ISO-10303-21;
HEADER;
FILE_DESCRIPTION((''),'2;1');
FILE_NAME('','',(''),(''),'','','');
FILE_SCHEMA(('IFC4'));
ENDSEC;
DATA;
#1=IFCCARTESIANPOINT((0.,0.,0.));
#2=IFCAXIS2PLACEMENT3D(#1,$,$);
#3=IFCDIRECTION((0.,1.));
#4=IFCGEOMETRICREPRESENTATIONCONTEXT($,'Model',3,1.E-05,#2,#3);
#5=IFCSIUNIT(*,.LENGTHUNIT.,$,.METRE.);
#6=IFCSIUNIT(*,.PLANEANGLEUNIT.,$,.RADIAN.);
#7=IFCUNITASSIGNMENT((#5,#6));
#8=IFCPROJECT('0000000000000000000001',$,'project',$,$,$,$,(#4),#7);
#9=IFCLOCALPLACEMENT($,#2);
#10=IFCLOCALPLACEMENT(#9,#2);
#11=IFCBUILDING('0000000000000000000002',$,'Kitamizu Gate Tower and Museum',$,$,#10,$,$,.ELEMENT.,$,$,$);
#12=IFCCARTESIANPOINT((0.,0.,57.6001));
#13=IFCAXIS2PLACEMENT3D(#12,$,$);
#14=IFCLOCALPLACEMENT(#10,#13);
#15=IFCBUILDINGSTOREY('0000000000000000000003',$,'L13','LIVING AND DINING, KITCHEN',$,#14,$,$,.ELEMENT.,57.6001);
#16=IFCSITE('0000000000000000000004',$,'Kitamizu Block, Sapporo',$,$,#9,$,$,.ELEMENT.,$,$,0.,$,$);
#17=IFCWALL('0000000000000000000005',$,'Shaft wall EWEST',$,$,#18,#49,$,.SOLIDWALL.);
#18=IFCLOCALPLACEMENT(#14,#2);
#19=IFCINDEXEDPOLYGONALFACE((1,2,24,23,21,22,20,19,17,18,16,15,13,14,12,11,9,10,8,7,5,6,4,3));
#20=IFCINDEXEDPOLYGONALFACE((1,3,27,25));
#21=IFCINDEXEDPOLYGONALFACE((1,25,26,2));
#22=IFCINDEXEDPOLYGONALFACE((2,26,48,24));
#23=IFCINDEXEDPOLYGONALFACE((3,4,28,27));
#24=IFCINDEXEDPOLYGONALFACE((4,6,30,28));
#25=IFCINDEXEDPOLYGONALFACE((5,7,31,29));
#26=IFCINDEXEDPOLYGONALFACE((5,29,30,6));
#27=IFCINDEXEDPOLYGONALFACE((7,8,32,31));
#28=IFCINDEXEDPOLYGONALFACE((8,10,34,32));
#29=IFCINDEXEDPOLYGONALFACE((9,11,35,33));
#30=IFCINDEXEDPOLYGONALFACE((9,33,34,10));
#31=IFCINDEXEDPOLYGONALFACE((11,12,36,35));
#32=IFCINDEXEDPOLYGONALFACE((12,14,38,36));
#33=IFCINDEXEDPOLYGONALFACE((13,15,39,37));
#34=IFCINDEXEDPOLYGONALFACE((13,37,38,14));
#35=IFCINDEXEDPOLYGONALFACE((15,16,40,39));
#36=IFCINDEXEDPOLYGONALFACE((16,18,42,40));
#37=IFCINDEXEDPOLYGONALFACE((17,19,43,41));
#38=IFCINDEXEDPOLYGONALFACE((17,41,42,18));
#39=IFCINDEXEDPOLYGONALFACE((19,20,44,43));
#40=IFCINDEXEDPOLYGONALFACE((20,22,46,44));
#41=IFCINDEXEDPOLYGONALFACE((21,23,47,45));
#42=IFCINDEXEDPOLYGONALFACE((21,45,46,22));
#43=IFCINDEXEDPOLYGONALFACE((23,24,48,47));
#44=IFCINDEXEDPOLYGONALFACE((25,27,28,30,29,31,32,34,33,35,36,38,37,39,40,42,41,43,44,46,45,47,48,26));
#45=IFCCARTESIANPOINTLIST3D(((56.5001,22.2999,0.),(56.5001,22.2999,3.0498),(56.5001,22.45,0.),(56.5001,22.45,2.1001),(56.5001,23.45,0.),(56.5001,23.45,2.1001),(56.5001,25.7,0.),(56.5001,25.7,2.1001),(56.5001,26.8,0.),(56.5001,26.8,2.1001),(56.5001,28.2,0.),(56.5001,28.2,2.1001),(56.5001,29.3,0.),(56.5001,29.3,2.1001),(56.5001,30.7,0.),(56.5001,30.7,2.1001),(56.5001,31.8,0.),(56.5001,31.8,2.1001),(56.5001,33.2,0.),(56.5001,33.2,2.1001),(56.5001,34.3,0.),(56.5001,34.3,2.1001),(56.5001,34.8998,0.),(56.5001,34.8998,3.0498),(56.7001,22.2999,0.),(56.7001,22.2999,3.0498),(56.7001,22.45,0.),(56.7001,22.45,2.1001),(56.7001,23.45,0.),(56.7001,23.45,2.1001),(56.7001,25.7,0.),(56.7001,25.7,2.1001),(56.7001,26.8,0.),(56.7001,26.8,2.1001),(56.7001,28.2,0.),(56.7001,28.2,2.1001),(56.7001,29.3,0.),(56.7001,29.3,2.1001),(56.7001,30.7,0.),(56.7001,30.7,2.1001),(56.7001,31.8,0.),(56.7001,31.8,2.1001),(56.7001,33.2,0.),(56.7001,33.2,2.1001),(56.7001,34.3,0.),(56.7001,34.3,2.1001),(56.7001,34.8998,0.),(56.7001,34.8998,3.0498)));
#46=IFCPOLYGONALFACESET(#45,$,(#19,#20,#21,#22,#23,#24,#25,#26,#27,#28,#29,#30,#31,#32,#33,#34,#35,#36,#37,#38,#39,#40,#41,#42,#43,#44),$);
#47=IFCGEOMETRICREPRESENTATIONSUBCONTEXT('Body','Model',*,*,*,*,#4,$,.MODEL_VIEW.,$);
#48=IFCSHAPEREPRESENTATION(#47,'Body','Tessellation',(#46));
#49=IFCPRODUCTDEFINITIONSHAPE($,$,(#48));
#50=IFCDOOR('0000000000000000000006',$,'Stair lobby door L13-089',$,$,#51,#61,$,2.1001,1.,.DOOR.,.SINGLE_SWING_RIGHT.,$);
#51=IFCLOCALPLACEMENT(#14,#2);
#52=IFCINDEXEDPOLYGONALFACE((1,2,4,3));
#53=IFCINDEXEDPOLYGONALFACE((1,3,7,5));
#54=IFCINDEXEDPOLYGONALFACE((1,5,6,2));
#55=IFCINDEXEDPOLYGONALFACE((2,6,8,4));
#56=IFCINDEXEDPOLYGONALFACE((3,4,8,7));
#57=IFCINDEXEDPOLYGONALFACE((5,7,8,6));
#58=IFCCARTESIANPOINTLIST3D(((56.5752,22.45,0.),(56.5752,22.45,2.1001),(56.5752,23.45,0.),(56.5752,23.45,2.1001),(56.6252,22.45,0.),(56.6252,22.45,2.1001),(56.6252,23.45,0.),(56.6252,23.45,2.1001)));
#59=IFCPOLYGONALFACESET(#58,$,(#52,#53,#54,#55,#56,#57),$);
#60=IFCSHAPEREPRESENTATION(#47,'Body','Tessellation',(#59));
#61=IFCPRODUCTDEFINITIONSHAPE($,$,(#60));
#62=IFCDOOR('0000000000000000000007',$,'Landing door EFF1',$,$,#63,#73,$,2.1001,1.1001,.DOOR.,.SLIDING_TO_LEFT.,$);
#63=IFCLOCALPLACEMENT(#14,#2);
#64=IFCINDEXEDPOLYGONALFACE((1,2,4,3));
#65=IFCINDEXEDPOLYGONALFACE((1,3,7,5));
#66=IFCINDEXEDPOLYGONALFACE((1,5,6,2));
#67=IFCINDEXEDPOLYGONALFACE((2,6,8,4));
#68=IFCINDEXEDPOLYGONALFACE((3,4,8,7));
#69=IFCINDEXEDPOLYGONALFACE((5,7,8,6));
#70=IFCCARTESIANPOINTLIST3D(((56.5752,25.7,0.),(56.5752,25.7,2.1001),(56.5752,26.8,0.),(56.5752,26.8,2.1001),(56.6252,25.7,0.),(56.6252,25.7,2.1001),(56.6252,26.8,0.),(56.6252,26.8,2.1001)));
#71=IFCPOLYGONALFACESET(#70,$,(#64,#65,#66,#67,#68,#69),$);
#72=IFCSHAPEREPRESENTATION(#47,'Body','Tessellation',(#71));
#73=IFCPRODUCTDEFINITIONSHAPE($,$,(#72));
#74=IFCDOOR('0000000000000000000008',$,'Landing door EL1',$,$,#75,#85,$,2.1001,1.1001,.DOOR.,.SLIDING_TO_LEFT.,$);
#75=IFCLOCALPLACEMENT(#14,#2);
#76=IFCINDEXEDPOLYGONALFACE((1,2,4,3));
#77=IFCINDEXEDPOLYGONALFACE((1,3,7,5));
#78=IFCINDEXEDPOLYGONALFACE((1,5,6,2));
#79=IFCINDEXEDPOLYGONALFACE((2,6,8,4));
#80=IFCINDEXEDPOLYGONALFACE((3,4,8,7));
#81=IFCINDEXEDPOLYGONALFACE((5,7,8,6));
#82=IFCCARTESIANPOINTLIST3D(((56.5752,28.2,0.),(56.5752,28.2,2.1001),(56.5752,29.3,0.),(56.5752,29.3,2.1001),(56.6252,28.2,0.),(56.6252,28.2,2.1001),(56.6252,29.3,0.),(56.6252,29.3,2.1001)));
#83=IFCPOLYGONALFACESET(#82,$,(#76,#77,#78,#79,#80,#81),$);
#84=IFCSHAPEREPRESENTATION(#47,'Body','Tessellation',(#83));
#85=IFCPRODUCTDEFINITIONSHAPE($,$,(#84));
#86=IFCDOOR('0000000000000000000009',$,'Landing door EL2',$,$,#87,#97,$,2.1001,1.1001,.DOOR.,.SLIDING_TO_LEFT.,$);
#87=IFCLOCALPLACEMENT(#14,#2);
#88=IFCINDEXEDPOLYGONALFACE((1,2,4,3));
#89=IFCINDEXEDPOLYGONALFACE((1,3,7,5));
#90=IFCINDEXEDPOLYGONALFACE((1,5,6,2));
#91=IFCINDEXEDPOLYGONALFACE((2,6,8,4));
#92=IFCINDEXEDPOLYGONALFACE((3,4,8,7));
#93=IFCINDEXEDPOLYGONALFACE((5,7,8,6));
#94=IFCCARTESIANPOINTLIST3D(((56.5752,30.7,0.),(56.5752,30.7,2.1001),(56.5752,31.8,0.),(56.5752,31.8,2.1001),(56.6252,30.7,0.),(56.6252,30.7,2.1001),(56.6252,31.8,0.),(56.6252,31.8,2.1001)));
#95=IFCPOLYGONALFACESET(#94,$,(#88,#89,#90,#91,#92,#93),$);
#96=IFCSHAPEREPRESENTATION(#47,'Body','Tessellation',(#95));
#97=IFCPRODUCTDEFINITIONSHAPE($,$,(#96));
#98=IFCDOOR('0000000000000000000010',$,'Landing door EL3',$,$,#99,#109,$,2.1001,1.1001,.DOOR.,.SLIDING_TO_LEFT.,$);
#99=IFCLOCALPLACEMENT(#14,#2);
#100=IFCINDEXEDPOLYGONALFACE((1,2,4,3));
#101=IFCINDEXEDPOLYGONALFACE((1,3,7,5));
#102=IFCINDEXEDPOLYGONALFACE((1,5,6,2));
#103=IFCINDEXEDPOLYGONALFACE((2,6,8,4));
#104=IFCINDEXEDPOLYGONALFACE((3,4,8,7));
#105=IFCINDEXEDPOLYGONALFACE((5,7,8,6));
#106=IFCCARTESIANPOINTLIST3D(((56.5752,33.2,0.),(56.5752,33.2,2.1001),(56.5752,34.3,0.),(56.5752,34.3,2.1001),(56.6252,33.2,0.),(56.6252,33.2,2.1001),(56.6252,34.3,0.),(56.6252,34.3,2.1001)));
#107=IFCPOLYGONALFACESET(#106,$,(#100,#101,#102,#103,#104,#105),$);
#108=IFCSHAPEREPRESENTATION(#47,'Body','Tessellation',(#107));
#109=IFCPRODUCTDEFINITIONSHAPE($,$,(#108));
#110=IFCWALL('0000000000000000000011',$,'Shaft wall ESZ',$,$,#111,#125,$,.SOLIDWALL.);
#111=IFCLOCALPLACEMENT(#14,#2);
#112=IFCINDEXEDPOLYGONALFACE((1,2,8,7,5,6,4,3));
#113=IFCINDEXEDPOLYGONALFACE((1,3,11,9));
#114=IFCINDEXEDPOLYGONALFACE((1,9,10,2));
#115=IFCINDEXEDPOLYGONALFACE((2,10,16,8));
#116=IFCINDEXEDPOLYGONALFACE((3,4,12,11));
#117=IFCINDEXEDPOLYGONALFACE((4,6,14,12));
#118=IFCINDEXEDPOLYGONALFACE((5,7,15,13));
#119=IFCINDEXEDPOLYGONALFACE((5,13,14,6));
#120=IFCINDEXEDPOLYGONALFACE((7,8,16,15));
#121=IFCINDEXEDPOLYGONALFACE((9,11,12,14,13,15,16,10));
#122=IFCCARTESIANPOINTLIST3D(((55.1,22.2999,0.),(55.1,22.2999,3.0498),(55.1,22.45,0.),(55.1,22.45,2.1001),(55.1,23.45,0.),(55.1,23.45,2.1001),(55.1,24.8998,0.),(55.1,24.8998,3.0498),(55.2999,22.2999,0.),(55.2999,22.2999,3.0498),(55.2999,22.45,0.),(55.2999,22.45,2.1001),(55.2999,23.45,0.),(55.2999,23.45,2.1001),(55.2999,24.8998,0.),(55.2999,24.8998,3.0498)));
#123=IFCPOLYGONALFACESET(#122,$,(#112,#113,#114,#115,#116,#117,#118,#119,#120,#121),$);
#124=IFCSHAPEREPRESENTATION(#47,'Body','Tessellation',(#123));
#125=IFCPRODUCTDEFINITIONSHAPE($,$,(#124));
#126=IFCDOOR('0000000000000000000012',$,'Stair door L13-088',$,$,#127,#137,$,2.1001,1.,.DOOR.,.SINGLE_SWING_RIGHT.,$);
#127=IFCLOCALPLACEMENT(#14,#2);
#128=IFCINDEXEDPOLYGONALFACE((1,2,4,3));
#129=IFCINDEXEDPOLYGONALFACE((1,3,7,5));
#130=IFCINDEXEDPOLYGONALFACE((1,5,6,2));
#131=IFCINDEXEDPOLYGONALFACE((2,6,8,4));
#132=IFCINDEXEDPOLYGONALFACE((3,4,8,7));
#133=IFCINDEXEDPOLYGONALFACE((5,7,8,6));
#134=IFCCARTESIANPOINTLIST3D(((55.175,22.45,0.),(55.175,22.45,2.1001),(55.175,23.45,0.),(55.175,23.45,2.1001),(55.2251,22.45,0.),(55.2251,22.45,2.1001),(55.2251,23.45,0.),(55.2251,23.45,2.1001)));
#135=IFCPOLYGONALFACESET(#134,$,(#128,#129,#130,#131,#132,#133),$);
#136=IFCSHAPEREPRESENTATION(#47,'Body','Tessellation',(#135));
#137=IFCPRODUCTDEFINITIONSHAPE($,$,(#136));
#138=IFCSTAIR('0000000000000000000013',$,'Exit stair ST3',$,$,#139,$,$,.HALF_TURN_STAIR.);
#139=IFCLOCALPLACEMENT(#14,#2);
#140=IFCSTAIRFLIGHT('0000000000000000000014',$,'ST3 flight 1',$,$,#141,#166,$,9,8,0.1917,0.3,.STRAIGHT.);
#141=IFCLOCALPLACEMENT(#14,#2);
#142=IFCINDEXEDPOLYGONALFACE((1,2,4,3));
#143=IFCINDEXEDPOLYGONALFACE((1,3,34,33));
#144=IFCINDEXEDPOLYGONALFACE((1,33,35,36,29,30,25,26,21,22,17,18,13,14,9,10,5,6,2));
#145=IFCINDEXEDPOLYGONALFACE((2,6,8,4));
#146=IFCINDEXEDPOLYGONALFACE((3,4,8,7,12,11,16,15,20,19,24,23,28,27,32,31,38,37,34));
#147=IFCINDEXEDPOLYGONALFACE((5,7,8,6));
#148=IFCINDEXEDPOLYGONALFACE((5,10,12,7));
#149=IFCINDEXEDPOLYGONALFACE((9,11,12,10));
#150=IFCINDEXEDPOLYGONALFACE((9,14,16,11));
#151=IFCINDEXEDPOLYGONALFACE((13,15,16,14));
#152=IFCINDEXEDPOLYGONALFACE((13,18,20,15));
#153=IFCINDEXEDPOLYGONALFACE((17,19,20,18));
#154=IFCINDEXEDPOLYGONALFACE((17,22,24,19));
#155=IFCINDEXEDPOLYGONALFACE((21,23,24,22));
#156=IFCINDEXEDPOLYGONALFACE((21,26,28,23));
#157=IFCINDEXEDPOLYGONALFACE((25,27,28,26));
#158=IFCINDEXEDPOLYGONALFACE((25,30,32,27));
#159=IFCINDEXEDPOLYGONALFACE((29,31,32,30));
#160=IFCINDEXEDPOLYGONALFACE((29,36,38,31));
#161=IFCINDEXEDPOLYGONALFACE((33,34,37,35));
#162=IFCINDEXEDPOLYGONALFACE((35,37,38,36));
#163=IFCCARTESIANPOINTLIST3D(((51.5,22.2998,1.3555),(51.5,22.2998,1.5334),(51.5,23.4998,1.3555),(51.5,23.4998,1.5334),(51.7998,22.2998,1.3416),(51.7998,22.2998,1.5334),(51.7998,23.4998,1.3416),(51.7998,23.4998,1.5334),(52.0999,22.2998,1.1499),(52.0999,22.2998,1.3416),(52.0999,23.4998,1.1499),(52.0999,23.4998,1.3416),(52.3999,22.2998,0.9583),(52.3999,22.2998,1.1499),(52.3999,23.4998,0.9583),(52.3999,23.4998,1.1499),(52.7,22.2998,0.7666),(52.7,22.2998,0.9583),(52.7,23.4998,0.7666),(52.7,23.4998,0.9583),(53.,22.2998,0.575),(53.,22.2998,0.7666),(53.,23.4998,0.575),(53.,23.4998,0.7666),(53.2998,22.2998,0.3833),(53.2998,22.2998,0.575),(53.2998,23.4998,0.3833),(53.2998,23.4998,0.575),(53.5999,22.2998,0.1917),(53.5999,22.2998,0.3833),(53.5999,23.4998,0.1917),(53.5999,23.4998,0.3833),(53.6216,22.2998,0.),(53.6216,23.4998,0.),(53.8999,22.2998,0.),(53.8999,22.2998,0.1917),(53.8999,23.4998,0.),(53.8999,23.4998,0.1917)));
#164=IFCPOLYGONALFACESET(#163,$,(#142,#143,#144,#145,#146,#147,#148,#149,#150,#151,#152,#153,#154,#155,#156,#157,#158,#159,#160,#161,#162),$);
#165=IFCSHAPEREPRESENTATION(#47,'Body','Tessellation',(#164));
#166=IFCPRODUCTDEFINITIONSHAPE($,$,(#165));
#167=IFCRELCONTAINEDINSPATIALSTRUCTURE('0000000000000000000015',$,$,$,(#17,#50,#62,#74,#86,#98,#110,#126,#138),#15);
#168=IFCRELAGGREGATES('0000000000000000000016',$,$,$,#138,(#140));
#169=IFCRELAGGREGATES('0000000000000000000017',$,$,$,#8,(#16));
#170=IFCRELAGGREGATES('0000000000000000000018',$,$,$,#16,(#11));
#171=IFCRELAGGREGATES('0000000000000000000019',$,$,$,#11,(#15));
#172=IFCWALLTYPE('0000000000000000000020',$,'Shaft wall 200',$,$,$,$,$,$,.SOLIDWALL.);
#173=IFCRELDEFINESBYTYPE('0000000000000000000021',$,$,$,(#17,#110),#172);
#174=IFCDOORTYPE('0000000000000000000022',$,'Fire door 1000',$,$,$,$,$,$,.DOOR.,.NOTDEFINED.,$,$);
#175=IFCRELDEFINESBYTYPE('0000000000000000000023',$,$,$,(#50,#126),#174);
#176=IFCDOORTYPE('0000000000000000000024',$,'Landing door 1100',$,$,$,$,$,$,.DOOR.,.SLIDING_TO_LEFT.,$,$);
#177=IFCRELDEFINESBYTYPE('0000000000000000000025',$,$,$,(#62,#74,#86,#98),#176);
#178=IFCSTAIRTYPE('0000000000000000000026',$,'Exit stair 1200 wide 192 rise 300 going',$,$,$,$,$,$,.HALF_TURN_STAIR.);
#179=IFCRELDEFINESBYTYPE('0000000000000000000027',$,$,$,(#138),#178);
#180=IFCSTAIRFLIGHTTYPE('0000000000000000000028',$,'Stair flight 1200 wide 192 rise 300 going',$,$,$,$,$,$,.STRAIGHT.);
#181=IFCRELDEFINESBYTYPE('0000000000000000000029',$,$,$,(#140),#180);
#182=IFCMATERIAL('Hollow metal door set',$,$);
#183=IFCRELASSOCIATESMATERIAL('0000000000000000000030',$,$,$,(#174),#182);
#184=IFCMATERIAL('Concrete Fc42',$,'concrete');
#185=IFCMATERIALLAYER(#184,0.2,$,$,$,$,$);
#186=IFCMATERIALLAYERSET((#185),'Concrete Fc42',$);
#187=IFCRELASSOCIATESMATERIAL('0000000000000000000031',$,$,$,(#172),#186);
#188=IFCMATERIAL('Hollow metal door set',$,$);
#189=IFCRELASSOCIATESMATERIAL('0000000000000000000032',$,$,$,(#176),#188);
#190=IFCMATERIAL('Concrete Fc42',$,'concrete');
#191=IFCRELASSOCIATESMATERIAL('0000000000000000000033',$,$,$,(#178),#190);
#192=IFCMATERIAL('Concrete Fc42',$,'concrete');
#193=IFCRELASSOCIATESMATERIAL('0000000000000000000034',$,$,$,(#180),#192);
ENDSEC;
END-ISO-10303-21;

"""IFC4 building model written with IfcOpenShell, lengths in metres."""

from ifc_helpers import new_model, si_unit, direction, frame, frame_2d, origin, place, context, subcontext, project, spatial, polyline, rectangle, outline, extrude, material, layer, layer_set, type_object, element, fill, aggregate, save


model = new_model("IFC4")

# Units and contexts
model_context = context("Model", 3, precision=1e-05, world=origin(), true_north=direction((0.0, 1.0)))
body_context = subcontext(model_context, "Body", "Model", "MODEL_VIEW")
ifc_project = project(units=[si_unit("LENGTHUNIT", "METRE"), si_unit("PLANEANGLEUNIT", "RADIAN")], contexts=[model_context])

# Site, building, storey
site_placement = place(None, origin())
site = spatial("IfcSite", under=ifc_project, at=site_placement, Name="Kitamizu Block, Sapporo", CompositionType="ELEMENT", RefElevation=0.0)
building_placement = place(site_placement, origin())
building = spatial("IfcBuilding", under=site, at=building_placement, Name="Kitamizu Gate Tower and Museum", CompositionType="ELEMENT")
storey_placement = place(building_placement, frame((0.0, 0.0, 57.6001)))
storey = spatial("IfcBuildingStorey", under=building, at=storey_placement, Name="L13", Description="LIVING AND DINING, KITCHEN", CompositionType="ELEMENT", Elevation=57.6001)

# Shared definitions
ifc_material_1 = material(Name="Hollow metal door set")
door_type_1 = type_object("IfcDoorType", Name="Fire door 1000", OperationType="NOTDEFINED", PredefinedType="DOOR", material=ifc_material_1)

# Wall, openings, doors
ifc_material_2 = material(Name="Concrete Fc42", Category="concrete")
ifc_layer_1 = layer(ifc_material_2, 0.2)
ifc_layer_set_1 = layer_set([ifc_layer_1], Name="Concrete Fc42")
wall_type_1 = type_object("IfcWallType", Name="Shaft wall 200", PredefinedType="SOLIDWALL", material=ifc_layer_set_1)
wall_1_placement = place(storey_placement, frame((56.6001, 22.3, 0.0), z_axis=(0.0, 0.0, 1.0), x_axis=(0.0, 1.0, 0.0)))
wall_1 = element("IfcWall", 1, at=wall_1_placement, inside=storey, type_object=wall_type_1, Name="Shaft wall EWEST", PredefinedType="SOLIDWALL", context=body_context, shape_type="SweptSolid", body=[
    extrude(rectangle(XDim=12.5999, YDim=0.2, at=frame_2d((6.2998, 0.0))), origin(), (0.0, 0.0, 1.0), 3.0498),
])
opening_1_placement = place(wall_1_placement, frame((3.3999, 0.0, 0.0)))
opening_1 = element("IfcOpeningElement", 2, at=opening_1_placement, cuts=wall_1, PredefinedType="OPENING", context=body_context, shape_type="SweptSolid", body=[
    extrude(rectangle(XDim=1.1001, YDim=2.1001, at=frame_2d((0.55, 1.05))), frame((0.0, 0.1099, 0.0), z_axis=(0.0, -1.0, 0.0), x_axis=(1.0, 0.0, 0.0)), (0.0, 0.0, 1.0), 0.22),
])
opening_2_placement = place(wall_1_placement, frame((5.8999, 0.0, 0.0)))
opening_2 = element("IfcOpeningElement", 3, at=opening_2_placement, cuts=wall_1, PredefinedType="OPENING", context=body_context, shape_type="SweptSolid", body=[
    extrude(rectangle(XDim=1.1001, YDim=2.1001, at=frame_2d((0.55, 1.05))), frame((0.0, 0.1099, 0.0), z_axis=(0.0, -1.0, 0.0), x_axis=(1.0, 0.0, 0.0)), (0.0, 0.0, 1.0), 0.22),
])
opening_3_placement = place(wall_1_placement, frame((8.3999, 0.0, 0.0)))
opening_3 = element("IfcOpeningElement", 4, at=opening_3_placement, cuts=wall_1, PredefinedType="OPENING", context=body_context, shape_type="SweptSolid", body=[
    extrude(rectangle(XDim=1.1001, YDim=2.1001, at=frame_2d((0.55, 1.05))), frame((0.0, 0.1099, 0.0), z_axis=(0.0, -1.0, 0.0), x_axis=(1.0, 0.0, 0.0)), (0.0, 0.0, 1.0), 0.22),
])
opening_4_placement = place(wall_1_placement, frame((10.8999, 0.0, 0.0)))
opening_4 = element("IfcOpeningElement", 5, at=opening_4_placement, cuts=wall_1, PredefinedType="OPENING", context=body_context, shape_type="SweptSolid", body=[
    extrude(rectangle(XDim=1.1001, YDim=2.1001, at=frame_2d((0.55, 1.05))), frame((0.0, 0.1099, 0.0), z_axis=(0.0, -1.0, 0.0), x_axis=(1.0, 0.0, 0.0)), (0.0, 0.0, 1.0), 0.22),
])
opening_5_placement = place(wall_1_placement, frame((0.1499, 0.0, 0.0)))
opening_5 = element("IfcOpeningElement", 6, at=opening_5_placement, cuts=wall_1, PredefinedType="OPENING", context=body_context, shape_type="SweptSolid", body=[
    extrude(rectangle(XDim=1.0, YDim=2.1001, at=frame_2d((0.5, 1.05))), frame((0.0, 0.1099, 0.0), z_axis=(0.0, -1.0, 0.0), x_axis=(1.0, 0.0, 0.0)), (0.0, 0.0, 1.0), 0.22),
])
door_1_placement = place(opening_5_placement, origin())
door_1 = element("IfcDoor", 7, at=door_1_placement, inside=storey, type_object=door_type_1, Name="Stair lobby door L13-089", OperationType="SINGLE_SWING_RIGHT", OverallHeight=2.1001, OverallWidth=1.0, PredefinedType="DOOR", context=body_context, shape_type="SweptSolid", body=[
    extrude(rectangle(XDim=1.0, YDim=2.1001, at=frame_2d((0.5, 1.05))), frame((0.0, 0.0249, 0.0), z_axis=(0.0, -1.0, 0.0), x_axis=(1.0, 0.0, 0.0)), (0.0, 0.0, 1.0), 0.05),
])
fill(opening_5, door_1)
ifc_material_3 = material(Name="Hollow metal door set")
door_type_2 = type_object("IfcDoorType", Name="Landing door 1100", OperationType="SLIDING_TO_LEFT", PredefinedType="DOOR", material=ifc_material_3)
door_2_placement = place(opening_1_placement, origin())
door_2 = element("IfcDoor", 8, at=door_2_placement, inside=storey, type_object=door_type_2, Name="Landing door EFF1", OperationType="SLIDING_TO_LEFT", OverallHeight=2.1001, OverallWidth=1.1001, PredefinedType="DOOR", context=body_context, shape_type="SweptSolid", body=[
    extrude(rectangle(XDim=1.1001, YDim=2.1001, at=frame_2d((0.55, 1.05))), frame((0.0, 0.0249, 0.0), z_axis=(0.0, -1.0, 0.0), x_axis=(1.0, 0.0, 0.0)), (0.0, 0.0, 1.0), 0.05),
])
fill(opening_1, door_2)
door_3_placement = place(opening_2_placement, origin())
door_3 = element("IfcDoor", 9, at=door_3_placement, inside=storey, type_object=door_type_2, Name="Landing door EL1", OperationType="SLIDING_TO_LEFT", OverallHeight=2.1001, OverallWidth=1.1001, PredefinedType="DOOR", context=body_context, shape_type="SweptSolid", body=[
    extrude(rectangle(XDim=1.1001, YDim=2.1001, at=frame_2d((0.55, 1.05))), frame((0.0, 0.0249, 0.0), z_axis=(0.0, -1.0, 0.0), x_axis=(1.0, 0.0, 0.0)), (0.0, 0.0, 1.0), 0.05),
])
fill(opening_2, door_3)
door_4_placement = place(opening_3_placement, origin())
door_4 = element("IfcDoor", 10, at=door_4_placement, inside=storey, type_object=door_type_2, Name="Landing door EL2", OperationType="SLIDING_TO_LEFT", OverallHeight=2.1001, OverallWidth=1.1001, PredefinedType="DOOR", context=body_context, shape_type="SweptSolid", body=[
    extrude(rectangle(XDim=1.1001, YDim=2.1001, at=frame_2d((0.55, 1.05))), frame((0.0, 0.0249, 0.0), z_axis=(0.0, -1.0, 0.0), x_axis=(1.0, 0.0, 0.0)), (0.0, 0.0, 1.0), 0.05),
])
fill(opening_3, door_4)
door_5_placement = place(opening_4_placement, origin())
door_5 = element("IfcDoor", 11, at=door_5_placement, inside=storey, type_object=door_type_2, Name="Landing door EL3", OperationType="SLIDING_TO_LEFT", OverallHeight=2.1001, OverallWidth=1.1001, PredefinedType="DOOR", context=body_context, shape_type="SweptSolid", body=[
    extrude(rectangle(XDim=1.1001, YDim=2.1001, at=frame_2d((0.55, 1.05))), frame((0.0, 0.0249, 0.0), z_axis=(0.0, -1.0, 0.0), x_axis=(1.0, 0.0, 0.0)), (0.0, 0.0, 1.0), 0.05),
])
fill(opening_4, door_5)

# Wall, opening, door
wall_2_placement = place(storey_placement, frame((55.2, 22.3, 0.0), z_axis=(0.0, 0.0, 1.0), x_axis=(0.0, 1.0, 0.0)))
wall_2 = element("IfcWall", 12, at=wall_2_placement, inside=storey, type_object=wall_type_1, Name="Shaft wall ESZ", PredefinedType="SOLIDWALL", context=body_context, shape_type="SweptSolid", body=[
    extrude(rectangle(XDim=2.5999, YDim=0.2, at=frame_2d((1.2998, 0.0))), origin(), (0.0, 0.0, 1.0), 3.0498),
])
opening_6_placement = place(wall_2_placement, frame((0.1499, 0.0, 0.0)))
opening_6 = element("IfcOpeningElement", 13, at=opening_6_placement, cuts=wall_2, PredefinedType="OPENING", context=body_context, shape_type="SweptSolid", body=[
    extrude(rectangle(XDim=1.0, YDim=2.1001, at=frame_2d((0.5, 1.05))), frame((0.0, 0.1099, 0.0), z_axis=(0.0, -1.0, 0.0), x_axis=(1.0, 0.0, 0.0)), (0.0, 0.0, 1.0), 0.22),
])
door_6_placement = place(opening_6_placement, origin())
door_6 = element("IfcDoor", 14, at=door_6_placement, inside=storey, type_object=door_type_1, Name="Stair door L13-088", OperationType="SINGLE_SWING_RIGHT", OverallHeight=2.1001, OverallWidth=1.0, PredefinedType="DOOR", context=body_context, shape_type="SweptSolid", body=[
    extrude(rectangle(XDim=1.0, YDim=2.1001, at=frame_2d((0.5, 1.05))), frame((0.0, 0.0249, 0.0), z_axis=(0.0, -1.0, 0.0), x_axis=(1.0, 0.0, 0.0)), (0.0, 0.0, 1.0), 0.05),
])
fill(opening_6, door_6)

# Stair, stair flight
ifc_material_4 = material(Name="Concrete Fc42", Category="concrete")
stair_type = type_object("IfcStairType", Name="Exit stair 1200 wide 192 rise 300 going", PredefinedType="HALF_TURN_STAIR", material=ifc_material_4)
stair_placement = place(storey_placement, origin())
stair = element("IfcStair", 15, at=stair_placement, inside=storey, type_object=stair_type, Name="Exit stair ST3", PredefinedType="HALF_TURN_STAIR")
ifc_material_5 = material(Name="Concrete Fc42", Category="concrete")
stair_flight_type = type_object("IfcStairFlightType", Name="Stair flight 1200 wide 192 rise 300 going", PredefinedType="STRAIGHT", material=ifc_material_5)
stair_flight_placement = place(storey_placement, frame((53.8999, 22.8999, 0.0), z_axis=(0.0, 0.0, 1.0), x_axis=(-1.0, 0.0, 0.0)))
stair_flight = element("IfcStairFlight", 16, at=stair_flight_placement, type_object=stair_flight_type, Name="ST3 flight 1", NumberOfRisers=9, NumberOfTreads=8, PredefinedType="STRAIGHT", RiserHeight=0.1917, TreadLength=0.3, context=body_context, shape_type="SweptSolid", body=[
    extrude(outline(polyline([(0.0, 0.0), (0.0, 0.1917), (0.3, 0.1917), (0.3, 0.3833), (0.6001, 0.3833), (0.6001, 0.575), (0.8999, 0.575), (0.8999, 0.7666), (1.2, 0.7666), (1.2, 0.9583), (1.5, 0.9583), (1.5, 1.1499), (1.8, 1.1499), (1.8, 1.3416), (2.1001, 1.3416), (2.1001, 1.5334), (2.3999, 1.5334), (2.3999, 1.7251), (2.3999, 1.3555), (0.2783, 0.0), (0.0, 0.0)])), frame((0.0, 0.6001, 0.0), z_axis=(0.0, -1.0, 0.0), x_axis=(1.0, 0.0, 0.0)), (0.0, 0.0, 1.0), 1.2),
])
aggregate(stair, [stair_flight])

save(model, "model.ifc")
